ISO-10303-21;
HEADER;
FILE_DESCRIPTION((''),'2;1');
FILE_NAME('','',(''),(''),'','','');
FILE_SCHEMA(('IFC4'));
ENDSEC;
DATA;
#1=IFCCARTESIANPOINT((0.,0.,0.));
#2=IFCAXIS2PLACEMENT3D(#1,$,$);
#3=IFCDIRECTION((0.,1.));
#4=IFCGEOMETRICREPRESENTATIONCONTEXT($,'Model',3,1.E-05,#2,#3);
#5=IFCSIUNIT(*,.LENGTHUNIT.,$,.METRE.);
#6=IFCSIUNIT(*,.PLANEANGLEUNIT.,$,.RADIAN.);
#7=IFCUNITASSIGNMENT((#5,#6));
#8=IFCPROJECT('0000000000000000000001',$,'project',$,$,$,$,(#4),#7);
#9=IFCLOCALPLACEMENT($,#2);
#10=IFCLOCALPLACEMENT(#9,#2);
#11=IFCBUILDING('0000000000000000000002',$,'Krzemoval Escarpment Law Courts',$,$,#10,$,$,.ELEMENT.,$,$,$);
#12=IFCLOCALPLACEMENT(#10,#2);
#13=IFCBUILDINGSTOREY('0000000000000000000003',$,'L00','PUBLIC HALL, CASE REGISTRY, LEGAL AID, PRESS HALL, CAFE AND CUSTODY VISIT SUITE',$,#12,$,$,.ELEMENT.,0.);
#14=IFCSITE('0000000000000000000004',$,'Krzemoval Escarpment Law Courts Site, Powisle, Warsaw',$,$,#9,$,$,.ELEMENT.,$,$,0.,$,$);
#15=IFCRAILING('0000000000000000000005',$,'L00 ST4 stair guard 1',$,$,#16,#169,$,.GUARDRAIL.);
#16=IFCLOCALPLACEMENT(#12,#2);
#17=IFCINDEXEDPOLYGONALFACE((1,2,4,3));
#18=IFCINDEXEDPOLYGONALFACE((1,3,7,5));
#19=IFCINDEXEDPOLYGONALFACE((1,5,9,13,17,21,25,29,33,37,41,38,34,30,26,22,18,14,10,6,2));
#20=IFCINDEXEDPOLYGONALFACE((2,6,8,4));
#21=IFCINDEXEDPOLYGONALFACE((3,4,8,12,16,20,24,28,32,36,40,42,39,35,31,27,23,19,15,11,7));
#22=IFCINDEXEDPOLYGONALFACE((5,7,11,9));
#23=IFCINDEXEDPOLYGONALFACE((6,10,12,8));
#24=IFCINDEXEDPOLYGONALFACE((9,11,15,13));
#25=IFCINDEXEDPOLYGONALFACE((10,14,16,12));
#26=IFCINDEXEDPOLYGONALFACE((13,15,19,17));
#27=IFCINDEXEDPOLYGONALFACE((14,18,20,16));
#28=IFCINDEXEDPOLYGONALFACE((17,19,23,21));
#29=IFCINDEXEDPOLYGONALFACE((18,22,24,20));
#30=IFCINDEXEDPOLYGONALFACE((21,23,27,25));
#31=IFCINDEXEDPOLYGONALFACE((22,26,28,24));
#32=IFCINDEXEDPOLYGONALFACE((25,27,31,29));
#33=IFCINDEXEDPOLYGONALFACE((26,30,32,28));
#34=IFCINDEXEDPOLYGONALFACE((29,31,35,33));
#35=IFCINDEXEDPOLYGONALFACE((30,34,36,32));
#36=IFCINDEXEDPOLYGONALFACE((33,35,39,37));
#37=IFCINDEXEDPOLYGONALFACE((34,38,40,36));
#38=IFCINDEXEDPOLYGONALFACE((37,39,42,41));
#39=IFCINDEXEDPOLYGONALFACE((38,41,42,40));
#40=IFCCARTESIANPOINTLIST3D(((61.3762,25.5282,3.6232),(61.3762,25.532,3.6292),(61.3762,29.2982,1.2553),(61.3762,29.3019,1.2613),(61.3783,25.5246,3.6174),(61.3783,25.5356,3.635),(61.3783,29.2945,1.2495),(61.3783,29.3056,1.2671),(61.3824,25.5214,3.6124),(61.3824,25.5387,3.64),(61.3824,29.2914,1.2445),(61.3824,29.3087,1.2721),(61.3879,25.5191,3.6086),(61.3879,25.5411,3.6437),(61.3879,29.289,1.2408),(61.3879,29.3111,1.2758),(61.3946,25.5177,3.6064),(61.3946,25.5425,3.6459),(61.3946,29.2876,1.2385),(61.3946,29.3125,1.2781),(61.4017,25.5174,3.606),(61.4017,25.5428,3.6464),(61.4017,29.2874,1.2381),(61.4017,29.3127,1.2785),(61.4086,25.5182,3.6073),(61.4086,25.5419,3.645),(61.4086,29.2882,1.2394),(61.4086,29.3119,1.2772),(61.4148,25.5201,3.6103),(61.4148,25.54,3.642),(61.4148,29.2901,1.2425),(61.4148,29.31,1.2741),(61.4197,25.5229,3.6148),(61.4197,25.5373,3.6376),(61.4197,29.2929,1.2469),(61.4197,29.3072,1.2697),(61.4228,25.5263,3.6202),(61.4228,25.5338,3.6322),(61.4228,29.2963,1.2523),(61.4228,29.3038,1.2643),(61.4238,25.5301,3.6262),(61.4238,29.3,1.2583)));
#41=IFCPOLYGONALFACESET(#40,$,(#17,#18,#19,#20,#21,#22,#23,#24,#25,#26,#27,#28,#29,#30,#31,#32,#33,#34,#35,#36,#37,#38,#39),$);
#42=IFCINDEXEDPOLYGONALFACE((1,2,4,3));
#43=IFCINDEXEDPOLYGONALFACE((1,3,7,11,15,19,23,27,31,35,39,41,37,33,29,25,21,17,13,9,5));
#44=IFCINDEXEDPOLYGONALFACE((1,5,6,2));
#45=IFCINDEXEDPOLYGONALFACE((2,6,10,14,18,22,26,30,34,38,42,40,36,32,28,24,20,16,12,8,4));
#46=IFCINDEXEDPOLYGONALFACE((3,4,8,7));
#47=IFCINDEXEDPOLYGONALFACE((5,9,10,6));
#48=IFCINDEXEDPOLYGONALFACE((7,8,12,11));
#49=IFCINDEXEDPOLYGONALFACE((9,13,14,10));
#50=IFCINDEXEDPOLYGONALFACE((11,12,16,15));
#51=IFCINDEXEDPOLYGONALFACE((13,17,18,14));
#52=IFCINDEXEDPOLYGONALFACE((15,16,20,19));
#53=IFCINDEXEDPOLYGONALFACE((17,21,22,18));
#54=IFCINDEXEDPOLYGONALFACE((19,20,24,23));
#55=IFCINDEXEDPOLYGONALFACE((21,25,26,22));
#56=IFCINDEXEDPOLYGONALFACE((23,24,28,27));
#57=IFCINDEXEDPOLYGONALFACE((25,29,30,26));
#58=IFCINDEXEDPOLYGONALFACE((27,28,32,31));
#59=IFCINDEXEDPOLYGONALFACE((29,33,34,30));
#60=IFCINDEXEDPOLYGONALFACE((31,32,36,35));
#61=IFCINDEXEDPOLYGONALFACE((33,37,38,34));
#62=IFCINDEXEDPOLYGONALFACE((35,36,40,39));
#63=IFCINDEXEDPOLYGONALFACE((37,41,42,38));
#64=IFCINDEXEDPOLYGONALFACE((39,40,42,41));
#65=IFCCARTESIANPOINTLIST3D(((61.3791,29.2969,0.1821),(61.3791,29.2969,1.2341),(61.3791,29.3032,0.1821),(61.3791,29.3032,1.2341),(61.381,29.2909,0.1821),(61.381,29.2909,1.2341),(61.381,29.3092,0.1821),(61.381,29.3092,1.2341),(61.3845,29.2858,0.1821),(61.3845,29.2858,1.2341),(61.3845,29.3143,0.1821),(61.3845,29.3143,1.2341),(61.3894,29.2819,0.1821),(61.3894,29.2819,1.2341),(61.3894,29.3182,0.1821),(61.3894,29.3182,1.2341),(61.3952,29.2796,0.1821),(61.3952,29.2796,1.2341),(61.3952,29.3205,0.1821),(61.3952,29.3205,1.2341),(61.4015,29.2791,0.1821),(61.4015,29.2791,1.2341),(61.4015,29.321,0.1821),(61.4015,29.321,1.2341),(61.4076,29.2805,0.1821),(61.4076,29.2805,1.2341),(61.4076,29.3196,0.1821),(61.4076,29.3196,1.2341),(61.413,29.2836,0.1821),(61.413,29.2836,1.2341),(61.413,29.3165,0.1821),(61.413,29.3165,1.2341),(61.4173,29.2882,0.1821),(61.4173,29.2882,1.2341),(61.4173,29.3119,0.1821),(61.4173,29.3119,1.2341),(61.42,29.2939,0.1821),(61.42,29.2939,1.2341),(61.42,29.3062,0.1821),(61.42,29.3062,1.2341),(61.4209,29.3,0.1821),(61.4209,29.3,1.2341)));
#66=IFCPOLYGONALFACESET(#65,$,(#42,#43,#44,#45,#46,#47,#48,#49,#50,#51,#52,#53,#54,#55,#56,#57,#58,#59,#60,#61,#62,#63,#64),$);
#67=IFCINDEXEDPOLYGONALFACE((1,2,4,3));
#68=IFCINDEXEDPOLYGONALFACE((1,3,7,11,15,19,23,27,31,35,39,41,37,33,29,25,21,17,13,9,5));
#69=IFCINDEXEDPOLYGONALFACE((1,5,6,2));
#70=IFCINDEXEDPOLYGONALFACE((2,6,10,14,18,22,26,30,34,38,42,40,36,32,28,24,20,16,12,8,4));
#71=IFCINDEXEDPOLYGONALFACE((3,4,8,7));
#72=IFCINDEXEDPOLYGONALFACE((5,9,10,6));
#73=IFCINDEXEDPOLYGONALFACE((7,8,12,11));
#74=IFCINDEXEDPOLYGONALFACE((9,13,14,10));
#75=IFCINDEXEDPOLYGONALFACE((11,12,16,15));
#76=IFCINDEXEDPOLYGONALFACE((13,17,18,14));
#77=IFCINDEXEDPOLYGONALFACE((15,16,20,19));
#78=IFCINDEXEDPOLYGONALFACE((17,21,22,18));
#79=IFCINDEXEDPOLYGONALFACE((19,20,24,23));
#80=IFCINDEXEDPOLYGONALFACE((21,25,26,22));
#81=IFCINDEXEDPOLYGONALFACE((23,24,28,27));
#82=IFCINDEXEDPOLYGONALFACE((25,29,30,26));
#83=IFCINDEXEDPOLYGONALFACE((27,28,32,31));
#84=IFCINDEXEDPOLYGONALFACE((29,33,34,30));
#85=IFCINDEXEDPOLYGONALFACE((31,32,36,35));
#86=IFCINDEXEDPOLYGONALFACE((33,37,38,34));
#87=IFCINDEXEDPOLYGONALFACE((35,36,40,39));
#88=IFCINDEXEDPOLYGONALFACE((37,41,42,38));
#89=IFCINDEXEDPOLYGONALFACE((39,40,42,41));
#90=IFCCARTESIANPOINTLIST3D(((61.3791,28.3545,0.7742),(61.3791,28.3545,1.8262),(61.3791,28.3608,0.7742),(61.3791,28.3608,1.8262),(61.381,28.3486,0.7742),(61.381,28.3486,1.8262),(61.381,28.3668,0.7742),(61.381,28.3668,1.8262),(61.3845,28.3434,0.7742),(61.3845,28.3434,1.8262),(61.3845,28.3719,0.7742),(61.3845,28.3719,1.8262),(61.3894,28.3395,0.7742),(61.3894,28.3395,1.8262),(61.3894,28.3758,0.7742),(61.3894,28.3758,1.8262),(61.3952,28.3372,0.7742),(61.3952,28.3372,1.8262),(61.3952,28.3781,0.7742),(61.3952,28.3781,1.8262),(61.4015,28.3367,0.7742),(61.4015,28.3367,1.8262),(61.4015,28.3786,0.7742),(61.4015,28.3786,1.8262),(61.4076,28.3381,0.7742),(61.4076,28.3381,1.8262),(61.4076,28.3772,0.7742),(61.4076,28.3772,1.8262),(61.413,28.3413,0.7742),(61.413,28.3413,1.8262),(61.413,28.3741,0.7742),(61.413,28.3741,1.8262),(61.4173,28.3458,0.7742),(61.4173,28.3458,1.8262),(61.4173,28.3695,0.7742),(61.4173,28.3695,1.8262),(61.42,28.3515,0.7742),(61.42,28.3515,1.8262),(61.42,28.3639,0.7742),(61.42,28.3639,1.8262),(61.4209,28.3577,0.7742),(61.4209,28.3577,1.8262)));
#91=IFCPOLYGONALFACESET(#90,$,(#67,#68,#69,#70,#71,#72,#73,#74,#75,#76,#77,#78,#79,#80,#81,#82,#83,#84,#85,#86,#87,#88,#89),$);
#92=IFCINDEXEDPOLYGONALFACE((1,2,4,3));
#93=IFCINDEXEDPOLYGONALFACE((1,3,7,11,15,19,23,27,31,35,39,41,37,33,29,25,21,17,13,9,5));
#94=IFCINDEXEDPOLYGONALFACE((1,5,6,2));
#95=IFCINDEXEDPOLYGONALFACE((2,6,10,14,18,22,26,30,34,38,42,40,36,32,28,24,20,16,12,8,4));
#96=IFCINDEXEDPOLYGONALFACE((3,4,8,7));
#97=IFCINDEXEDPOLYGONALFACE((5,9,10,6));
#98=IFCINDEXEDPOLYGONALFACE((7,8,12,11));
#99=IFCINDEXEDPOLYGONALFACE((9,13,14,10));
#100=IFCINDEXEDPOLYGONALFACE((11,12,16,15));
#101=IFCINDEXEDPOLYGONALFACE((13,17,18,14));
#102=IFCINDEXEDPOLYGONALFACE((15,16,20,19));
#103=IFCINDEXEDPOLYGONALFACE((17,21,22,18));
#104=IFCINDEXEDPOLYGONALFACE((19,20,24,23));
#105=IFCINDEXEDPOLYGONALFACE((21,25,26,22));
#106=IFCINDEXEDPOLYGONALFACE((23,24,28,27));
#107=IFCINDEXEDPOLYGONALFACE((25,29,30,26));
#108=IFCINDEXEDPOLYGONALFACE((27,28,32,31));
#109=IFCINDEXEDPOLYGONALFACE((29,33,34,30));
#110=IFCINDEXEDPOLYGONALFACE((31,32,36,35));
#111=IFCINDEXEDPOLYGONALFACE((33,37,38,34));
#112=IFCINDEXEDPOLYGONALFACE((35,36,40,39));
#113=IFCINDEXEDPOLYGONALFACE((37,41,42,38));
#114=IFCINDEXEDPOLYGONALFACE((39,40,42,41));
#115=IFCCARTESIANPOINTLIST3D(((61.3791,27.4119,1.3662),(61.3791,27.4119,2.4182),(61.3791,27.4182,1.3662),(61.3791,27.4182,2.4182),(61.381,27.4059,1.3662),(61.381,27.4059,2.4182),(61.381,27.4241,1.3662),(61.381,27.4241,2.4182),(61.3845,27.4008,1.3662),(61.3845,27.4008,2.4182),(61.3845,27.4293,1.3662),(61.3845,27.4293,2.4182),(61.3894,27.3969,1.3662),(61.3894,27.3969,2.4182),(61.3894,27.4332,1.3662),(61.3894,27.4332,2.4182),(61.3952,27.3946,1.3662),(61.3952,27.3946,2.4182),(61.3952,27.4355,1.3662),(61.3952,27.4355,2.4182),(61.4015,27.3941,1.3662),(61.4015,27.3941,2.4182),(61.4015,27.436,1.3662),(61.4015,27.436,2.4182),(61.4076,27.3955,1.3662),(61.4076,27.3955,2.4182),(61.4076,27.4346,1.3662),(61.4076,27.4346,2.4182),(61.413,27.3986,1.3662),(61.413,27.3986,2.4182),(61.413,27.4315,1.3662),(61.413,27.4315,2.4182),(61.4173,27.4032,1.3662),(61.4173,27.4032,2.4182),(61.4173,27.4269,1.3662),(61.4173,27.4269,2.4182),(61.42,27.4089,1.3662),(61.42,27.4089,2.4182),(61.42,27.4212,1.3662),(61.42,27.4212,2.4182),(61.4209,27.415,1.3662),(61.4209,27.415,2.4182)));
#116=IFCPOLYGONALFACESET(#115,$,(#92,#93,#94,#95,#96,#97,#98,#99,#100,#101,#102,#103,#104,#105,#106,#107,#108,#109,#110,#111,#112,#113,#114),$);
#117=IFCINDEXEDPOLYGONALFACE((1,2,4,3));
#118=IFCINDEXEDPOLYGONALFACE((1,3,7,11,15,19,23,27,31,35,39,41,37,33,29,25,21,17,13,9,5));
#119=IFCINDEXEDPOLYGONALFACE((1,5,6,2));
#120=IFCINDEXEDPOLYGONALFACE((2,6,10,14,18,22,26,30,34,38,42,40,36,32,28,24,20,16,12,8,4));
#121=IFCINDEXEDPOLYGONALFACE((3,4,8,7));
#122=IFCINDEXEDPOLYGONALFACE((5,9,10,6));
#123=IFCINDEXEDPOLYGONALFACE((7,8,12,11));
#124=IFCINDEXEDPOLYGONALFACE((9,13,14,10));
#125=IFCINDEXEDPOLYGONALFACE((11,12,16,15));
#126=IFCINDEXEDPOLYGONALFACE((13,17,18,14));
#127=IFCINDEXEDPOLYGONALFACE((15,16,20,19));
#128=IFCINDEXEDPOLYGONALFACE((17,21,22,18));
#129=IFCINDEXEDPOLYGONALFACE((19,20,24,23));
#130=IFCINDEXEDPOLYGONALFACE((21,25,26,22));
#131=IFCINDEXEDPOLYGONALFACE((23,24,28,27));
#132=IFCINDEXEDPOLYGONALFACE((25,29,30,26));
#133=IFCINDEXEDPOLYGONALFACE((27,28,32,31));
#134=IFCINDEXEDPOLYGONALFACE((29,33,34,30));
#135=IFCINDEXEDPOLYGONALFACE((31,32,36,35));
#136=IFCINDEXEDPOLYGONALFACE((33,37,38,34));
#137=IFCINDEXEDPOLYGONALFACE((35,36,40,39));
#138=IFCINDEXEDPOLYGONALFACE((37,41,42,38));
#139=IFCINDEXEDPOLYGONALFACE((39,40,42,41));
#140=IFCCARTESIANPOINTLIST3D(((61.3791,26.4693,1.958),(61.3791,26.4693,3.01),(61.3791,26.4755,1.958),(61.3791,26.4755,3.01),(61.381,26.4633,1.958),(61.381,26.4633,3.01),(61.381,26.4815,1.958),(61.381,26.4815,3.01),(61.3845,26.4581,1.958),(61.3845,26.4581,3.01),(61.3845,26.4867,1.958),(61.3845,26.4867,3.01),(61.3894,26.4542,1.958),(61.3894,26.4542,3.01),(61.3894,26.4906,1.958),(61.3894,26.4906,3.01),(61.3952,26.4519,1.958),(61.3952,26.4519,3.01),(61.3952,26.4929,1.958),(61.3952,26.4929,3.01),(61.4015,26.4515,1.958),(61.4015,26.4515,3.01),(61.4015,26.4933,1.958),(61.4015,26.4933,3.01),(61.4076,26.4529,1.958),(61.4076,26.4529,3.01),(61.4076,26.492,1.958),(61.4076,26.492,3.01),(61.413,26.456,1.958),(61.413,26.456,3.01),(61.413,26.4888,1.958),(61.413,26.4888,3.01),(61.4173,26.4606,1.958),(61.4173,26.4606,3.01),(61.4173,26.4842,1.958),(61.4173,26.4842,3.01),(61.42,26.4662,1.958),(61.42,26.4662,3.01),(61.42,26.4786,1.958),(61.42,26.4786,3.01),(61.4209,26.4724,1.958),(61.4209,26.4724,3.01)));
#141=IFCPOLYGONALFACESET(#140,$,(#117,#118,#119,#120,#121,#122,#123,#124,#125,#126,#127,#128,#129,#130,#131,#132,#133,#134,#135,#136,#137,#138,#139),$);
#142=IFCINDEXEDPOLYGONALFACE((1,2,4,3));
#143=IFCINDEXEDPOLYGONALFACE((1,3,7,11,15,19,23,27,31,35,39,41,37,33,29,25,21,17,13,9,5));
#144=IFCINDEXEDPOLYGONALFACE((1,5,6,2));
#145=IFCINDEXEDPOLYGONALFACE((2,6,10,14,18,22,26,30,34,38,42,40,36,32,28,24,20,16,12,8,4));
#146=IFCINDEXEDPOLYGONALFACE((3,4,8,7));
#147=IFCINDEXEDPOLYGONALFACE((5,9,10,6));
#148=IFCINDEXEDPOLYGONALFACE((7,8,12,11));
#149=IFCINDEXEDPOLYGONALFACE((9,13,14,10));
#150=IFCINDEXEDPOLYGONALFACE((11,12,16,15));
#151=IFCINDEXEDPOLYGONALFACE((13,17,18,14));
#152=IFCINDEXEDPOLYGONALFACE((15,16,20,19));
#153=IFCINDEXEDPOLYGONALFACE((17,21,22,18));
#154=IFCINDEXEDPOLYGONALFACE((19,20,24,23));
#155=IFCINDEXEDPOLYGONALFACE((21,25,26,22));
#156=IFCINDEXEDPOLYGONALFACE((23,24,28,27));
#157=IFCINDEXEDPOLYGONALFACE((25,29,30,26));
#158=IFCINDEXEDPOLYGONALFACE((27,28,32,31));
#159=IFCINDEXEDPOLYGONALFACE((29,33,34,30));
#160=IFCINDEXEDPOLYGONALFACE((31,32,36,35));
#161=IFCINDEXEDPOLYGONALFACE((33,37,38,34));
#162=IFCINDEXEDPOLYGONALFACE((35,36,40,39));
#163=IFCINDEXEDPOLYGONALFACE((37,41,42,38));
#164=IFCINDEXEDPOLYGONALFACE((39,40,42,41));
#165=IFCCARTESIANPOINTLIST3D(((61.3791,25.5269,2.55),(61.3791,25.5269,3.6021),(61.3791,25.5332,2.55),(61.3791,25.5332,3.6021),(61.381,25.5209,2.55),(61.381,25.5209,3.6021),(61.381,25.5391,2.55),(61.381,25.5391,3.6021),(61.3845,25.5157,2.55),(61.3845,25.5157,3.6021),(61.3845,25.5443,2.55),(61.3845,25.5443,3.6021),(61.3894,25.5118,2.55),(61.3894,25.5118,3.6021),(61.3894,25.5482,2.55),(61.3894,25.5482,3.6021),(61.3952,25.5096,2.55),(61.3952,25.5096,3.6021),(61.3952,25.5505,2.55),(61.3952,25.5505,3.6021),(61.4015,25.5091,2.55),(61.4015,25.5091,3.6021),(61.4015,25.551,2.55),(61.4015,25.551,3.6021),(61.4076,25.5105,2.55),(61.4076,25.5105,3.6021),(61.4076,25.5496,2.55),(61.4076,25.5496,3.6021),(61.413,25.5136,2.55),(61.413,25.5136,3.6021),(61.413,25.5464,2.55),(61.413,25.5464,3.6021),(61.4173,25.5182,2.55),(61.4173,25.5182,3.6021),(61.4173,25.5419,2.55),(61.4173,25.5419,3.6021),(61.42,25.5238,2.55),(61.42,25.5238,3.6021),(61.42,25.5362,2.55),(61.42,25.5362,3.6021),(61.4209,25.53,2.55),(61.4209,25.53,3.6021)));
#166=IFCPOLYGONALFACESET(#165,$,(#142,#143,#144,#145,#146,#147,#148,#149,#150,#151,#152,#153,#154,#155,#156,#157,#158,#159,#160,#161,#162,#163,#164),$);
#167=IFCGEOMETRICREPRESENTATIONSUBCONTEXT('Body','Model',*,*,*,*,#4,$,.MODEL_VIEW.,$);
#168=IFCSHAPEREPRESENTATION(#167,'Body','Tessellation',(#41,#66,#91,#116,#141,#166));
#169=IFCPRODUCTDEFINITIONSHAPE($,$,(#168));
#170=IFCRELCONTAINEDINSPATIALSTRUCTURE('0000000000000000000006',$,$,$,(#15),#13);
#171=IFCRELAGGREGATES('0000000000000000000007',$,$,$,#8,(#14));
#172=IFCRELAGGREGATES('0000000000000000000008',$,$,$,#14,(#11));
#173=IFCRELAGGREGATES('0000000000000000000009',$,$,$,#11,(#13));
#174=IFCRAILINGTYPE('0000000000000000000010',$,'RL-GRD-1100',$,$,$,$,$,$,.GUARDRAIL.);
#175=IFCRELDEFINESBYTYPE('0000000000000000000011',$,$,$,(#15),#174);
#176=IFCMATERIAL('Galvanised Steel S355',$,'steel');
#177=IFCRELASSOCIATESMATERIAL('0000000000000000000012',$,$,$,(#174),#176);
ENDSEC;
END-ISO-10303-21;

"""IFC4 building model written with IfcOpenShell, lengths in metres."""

from ifc_helpers import new_model, si_unit, direction, frame, origin, origin_2d, place, context, subcontext, project, spatial, circle, extrude, material, type_object, element, save


model = new_model("IFC4")

# Units and contexts
model_context = context("Model", 3, precision=1e-05, world=origin(), true_north=direction((0.0, 1.0)))
body_context = subcontext(model_context, "Body", "Model", "MODEL_VIEW")
ifc_project = project(units=[si_unit("LENGTHUNIT", "METRE"), si_unit("PLANEANGLEUNIT", "RADIAN")], contexts=[model_context])

# Site, building, storey
site_placement = place(None, origin())
site = spatial("IfcSite", under=ifc_project, at=site_placement, Name="Krzemoval Escarpment Law Courts Site, Powisle, Warsaw", CompositionType="ELEMENT", RefElevation=0.0)
building_placement = place(site_placement, origin())
building = spatial("IfcBuilding", under=site, at=building_placement, Name="Krzemoval Escarpment Law Courts", CompositionType="ELEMENT")
storey_placement = place(building_placement, origin())
storey = spatial("IfcBuildingStorey", under=building, at=storey_placement, Name="L00", Description="PUBLIC HALL, CASE REGISTRY, LEGAL AID, PRESS HALL, CAFE AND CUSTODY VISIT SUITE", CompositionType="ELEMENT", Elevation=0.0)

# Railing
ifc_material_1 = material(Name="Galvanised Steel S355", Category="steel")
railing_type_1 = type_object("IfcRailingType", Name="RL-GRD-1100", PredefinedType="GUARDRAIL", material=ifc_material_1)
railing_1_placement = place(storey_placement, frame((61.3999, 29.3, 0.1821)))
element("IfcRailing", 1, at=railing_1_placement, inside=storey, type_object=railing_type_1, Name="L00 ST4 stair guard 1", PredefinedType="GUARDRAIL", context=body_context, shape_type="SweptSolid", body=[
    extrude(circle(Radius=0.0239, at=origin_2d()), frame((0.0, 0.0, 1.0762), z_axis=(0.0, -0.846819, 0.531881), x_axis=(1.0, 0.0, 0.0)), (0.0, 0.0, 1.0), 4.4519),
    extrude(circle(Radius=0.021, at=origin_2d()), origin(), (0.0, 0.0, 1.0), 1.052),
    extrude(circle(Radius=0.021, at=origin_2d()), frame((0.0, -0.9424, 0.592)), (0.0, 0.0, 1.0), 1.052),
    extrude(circle(Radius=0.021, at=origin_2d()), frame((0.0, -1.885, 1.1841)), (0.0, 0.0, 1.0), 1.052),
    extrude(circle(Radius=0.021, at=origin_2d()), frame((0.0, -2.8276, 1.7759)), (0.0, 0.0, 1.0), 1.052),
    extrude(circle(Radius=0.021, at=origin_2d()), frame((0.0, -3.77, 2.3679)), (0.0, 0.0, 1.0), 1.052),
])

save(model, "model.ifc")
